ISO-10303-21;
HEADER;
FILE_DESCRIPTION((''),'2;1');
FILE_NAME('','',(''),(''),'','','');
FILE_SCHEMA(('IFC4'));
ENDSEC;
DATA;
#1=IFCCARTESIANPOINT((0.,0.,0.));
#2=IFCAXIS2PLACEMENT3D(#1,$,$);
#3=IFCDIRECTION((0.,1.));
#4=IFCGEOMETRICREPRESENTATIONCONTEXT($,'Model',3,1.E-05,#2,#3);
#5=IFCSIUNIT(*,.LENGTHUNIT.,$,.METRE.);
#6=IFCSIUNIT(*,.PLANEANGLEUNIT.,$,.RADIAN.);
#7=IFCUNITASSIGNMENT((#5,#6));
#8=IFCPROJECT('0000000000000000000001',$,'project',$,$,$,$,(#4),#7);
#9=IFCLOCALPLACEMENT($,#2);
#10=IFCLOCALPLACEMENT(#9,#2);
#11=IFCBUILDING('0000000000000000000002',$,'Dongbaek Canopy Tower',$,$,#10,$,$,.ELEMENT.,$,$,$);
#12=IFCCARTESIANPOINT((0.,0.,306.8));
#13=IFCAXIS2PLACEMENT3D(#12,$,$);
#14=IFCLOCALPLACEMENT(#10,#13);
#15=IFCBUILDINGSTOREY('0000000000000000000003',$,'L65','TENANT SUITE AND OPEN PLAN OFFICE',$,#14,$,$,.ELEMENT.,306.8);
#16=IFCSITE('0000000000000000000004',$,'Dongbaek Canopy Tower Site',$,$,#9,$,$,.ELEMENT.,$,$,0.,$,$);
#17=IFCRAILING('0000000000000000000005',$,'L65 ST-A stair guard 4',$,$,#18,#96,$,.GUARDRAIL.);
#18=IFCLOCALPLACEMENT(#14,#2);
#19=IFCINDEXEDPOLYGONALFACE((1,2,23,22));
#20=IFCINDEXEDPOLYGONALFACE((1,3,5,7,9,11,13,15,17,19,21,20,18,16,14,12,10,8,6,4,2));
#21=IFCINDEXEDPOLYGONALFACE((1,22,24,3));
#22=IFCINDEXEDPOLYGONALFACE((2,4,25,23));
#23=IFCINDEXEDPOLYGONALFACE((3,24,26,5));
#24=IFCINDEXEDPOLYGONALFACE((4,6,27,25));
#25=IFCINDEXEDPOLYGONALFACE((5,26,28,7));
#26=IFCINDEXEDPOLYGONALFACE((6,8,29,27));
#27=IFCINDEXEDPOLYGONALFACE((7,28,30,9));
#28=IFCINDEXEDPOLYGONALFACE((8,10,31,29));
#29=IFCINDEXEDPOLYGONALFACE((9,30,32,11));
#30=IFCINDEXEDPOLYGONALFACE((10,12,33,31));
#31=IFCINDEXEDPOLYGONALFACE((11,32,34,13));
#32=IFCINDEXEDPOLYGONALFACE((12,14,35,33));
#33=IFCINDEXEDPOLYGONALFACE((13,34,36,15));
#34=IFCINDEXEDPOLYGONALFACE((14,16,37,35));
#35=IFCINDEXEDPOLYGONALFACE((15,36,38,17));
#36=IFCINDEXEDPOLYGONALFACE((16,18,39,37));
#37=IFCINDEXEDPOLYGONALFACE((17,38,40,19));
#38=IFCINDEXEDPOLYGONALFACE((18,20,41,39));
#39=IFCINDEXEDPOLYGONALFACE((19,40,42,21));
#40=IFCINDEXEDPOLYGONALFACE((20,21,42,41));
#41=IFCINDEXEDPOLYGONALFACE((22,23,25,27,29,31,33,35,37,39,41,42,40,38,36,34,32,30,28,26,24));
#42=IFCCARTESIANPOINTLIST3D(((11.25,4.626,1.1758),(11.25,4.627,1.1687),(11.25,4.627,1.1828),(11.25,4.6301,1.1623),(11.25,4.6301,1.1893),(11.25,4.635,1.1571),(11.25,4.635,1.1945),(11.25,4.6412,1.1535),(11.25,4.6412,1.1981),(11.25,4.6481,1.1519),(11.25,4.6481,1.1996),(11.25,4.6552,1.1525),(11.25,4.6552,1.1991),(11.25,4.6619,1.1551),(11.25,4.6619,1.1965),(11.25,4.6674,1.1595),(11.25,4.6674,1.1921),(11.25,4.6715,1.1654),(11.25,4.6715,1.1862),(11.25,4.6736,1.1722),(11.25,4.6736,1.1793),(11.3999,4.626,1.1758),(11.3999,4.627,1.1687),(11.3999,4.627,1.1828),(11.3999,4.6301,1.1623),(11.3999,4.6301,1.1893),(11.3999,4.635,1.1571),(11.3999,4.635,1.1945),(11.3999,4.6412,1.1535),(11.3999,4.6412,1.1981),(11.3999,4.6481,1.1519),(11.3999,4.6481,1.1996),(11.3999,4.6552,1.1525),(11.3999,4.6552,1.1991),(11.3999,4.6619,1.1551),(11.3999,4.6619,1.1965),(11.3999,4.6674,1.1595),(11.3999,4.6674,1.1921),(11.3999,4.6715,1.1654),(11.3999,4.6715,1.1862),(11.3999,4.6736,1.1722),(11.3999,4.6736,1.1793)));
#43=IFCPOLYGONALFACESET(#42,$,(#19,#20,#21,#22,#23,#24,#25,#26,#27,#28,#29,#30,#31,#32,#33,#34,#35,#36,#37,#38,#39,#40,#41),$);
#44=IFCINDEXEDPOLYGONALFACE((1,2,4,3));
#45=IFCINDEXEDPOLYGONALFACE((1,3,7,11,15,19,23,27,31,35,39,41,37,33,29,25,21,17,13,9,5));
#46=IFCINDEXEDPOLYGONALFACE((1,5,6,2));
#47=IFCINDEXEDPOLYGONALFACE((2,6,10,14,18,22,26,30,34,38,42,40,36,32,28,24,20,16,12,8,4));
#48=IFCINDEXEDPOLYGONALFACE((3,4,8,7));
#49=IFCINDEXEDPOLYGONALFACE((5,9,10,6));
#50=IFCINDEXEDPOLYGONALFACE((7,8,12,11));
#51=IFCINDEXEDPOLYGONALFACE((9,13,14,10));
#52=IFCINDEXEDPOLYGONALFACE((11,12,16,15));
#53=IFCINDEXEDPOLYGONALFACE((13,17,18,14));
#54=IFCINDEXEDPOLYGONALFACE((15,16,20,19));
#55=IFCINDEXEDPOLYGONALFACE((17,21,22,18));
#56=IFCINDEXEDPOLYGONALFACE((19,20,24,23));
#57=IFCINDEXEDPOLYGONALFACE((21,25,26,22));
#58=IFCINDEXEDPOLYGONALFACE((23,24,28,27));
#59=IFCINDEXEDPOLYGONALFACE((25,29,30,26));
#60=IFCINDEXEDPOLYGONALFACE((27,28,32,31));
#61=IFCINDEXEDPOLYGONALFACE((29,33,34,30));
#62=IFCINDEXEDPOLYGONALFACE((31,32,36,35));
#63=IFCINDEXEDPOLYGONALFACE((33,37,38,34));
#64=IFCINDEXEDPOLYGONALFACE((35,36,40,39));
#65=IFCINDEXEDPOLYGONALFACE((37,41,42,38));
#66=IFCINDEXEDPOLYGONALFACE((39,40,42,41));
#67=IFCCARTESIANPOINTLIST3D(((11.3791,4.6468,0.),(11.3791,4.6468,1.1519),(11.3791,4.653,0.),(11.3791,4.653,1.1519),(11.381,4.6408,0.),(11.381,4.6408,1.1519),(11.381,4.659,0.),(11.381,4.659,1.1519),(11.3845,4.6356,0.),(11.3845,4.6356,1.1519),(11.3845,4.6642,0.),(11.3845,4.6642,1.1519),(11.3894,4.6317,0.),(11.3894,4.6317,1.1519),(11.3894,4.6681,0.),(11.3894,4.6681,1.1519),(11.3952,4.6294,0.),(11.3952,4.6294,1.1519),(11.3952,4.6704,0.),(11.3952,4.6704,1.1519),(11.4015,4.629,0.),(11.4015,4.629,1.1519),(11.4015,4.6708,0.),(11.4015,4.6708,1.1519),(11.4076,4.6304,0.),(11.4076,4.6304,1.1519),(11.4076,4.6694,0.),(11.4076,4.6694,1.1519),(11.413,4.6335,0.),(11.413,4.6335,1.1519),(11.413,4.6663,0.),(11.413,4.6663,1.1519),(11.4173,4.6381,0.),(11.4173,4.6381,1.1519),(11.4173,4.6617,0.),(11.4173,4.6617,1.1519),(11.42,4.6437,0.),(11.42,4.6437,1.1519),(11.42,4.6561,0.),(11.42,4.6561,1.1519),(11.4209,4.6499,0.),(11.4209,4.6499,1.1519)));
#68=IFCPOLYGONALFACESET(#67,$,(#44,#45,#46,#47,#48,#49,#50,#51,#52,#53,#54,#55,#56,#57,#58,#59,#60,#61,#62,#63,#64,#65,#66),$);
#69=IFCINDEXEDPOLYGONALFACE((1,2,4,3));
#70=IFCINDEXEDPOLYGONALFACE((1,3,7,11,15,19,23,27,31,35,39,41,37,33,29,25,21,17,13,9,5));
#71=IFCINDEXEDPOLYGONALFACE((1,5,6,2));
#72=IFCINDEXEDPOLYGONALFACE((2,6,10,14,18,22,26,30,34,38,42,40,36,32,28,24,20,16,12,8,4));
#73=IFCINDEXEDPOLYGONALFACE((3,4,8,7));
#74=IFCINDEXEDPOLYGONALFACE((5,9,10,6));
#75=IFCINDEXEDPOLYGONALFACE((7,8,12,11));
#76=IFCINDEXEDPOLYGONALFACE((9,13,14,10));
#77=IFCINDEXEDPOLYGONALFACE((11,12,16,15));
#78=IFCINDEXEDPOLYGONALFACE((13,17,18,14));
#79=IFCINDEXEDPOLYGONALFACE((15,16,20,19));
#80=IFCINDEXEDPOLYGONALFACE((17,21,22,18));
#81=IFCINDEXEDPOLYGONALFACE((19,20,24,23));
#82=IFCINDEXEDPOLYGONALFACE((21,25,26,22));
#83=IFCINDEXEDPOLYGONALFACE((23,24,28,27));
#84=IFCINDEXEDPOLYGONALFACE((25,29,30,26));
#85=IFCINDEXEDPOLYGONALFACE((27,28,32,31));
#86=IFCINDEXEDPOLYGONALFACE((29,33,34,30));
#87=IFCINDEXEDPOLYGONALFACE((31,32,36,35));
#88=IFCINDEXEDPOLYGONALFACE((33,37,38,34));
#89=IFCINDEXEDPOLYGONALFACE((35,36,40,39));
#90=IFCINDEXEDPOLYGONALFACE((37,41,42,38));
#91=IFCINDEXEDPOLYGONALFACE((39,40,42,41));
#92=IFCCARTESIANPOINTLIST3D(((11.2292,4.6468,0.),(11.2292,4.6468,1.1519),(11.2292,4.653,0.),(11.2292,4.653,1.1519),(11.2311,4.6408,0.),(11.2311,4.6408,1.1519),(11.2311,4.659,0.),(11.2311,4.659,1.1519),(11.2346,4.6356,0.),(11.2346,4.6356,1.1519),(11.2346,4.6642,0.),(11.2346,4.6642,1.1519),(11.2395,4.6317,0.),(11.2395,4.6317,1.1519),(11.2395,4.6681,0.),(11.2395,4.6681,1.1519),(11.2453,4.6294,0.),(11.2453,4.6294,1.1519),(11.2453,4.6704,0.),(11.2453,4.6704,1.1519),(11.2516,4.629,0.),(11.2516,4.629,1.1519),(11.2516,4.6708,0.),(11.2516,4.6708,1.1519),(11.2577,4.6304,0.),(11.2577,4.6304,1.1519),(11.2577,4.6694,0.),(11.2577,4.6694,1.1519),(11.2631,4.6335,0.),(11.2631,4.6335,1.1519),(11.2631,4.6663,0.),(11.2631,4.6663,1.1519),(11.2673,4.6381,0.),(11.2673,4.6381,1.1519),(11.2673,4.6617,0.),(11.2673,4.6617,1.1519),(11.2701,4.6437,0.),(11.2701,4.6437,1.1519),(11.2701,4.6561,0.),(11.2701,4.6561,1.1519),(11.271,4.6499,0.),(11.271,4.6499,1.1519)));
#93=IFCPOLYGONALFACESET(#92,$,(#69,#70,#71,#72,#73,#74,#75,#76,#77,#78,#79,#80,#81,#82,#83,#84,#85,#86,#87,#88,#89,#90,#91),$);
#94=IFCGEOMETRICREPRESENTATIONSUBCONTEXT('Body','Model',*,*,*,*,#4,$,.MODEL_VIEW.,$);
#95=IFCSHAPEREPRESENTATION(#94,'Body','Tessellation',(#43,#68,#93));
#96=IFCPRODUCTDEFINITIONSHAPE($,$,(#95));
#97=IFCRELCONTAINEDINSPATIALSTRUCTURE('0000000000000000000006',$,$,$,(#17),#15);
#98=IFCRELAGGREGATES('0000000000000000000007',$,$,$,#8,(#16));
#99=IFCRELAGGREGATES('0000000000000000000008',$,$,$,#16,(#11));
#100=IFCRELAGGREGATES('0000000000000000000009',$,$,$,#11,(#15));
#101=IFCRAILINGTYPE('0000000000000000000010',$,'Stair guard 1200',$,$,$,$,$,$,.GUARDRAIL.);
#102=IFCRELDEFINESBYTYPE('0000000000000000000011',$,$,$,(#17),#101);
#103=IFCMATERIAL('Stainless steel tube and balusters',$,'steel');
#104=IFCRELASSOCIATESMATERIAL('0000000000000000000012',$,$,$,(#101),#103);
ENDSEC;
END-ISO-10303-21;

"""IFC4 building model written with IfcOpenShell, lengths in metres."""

from ifc_helpers import new_model, si_unit, direction, frame, origin, origin_2d, place, context, subcontext, project, spatial, circle, extrude, material, type_object, element, save


model = new_model("IFC4")

# Units and contexts
model_context = context("Model", 3, precision=1e-05, world=origin(), true_north=direction((0.0, 1.0)))
body_context = subcontext(model_context, "Body", "Model", "MODEL_VIEW")
ifc_project = project(units=[si_unit("LENGTHUNIT", "METRE"), si_unit("PLANEANGLEUNIT", "RADIAN")], contexts=[model_context])

# Site, building, storey
site_placement = place(None, origin())
site = spatial("IfcSite", under=ifc_project, at=site_placement, Name="Dongbaek Canopy Tower Site", CompositionType="ELEMENT", RefElevation=0.0)
building_placement = place(site_placement, origin())
building = spatial("IfcBuilding", under=site, at=building_placement, Name="Dongbaek Canopy Tower", CompositionType="ELEMENT")
storey_placement = place(building_placement, frame((0.0, 0.0, 306.8)))
storey = spatial("IfcBuildingStorey", under=building, at=storey_placement, Name="L65", Description="TENANT SUITE AND OPEN PLAN OFFICE", CompositionType="ELEMENT", Elevation=306.8)

# Railing
ifc_material_1 = material(Name="Stainless steel tube and balusters", Category="steel")
railing_type_1 = type_object("IfcRailingType", Name="Stair guard 1200", PredefinedType="GUARDRAIL", material=ifc_material_1)
railing_1_placement = place(storey_placement, frame((11.3999, 4.6499, 0.0)))
element("IfcRailing", 1, at=railing_1_placement, inside=storey, type_object=railing_type_1, Name="L65 ST-A stair guard 4", PredefinedType="GUARDRAIL", context=body_context, shape_type="SweptSolid", body=[
    extrude(circle(Radius=0.0239, at=origin_2d()), frame((0.0, 0.0, 1.1758), z_axis=(-1.0, 0.0, 0.0), x_axis=(0.0, -1.0, 0.0)), (0.0, 0.0, 1.0), 0.1499),
    extrude(circle(Radius=0.021, at=origin_2d()), origin(), (0.0, 0.0, 1.0), 1.1519),
    extrude(circle(Radius=0.021, at=origin_2d()), frame((-0.1499, 0.0, 0.0)), (0.0, 0.0, 1.0), 1.1519),
])

save(model, "model.ifc")
